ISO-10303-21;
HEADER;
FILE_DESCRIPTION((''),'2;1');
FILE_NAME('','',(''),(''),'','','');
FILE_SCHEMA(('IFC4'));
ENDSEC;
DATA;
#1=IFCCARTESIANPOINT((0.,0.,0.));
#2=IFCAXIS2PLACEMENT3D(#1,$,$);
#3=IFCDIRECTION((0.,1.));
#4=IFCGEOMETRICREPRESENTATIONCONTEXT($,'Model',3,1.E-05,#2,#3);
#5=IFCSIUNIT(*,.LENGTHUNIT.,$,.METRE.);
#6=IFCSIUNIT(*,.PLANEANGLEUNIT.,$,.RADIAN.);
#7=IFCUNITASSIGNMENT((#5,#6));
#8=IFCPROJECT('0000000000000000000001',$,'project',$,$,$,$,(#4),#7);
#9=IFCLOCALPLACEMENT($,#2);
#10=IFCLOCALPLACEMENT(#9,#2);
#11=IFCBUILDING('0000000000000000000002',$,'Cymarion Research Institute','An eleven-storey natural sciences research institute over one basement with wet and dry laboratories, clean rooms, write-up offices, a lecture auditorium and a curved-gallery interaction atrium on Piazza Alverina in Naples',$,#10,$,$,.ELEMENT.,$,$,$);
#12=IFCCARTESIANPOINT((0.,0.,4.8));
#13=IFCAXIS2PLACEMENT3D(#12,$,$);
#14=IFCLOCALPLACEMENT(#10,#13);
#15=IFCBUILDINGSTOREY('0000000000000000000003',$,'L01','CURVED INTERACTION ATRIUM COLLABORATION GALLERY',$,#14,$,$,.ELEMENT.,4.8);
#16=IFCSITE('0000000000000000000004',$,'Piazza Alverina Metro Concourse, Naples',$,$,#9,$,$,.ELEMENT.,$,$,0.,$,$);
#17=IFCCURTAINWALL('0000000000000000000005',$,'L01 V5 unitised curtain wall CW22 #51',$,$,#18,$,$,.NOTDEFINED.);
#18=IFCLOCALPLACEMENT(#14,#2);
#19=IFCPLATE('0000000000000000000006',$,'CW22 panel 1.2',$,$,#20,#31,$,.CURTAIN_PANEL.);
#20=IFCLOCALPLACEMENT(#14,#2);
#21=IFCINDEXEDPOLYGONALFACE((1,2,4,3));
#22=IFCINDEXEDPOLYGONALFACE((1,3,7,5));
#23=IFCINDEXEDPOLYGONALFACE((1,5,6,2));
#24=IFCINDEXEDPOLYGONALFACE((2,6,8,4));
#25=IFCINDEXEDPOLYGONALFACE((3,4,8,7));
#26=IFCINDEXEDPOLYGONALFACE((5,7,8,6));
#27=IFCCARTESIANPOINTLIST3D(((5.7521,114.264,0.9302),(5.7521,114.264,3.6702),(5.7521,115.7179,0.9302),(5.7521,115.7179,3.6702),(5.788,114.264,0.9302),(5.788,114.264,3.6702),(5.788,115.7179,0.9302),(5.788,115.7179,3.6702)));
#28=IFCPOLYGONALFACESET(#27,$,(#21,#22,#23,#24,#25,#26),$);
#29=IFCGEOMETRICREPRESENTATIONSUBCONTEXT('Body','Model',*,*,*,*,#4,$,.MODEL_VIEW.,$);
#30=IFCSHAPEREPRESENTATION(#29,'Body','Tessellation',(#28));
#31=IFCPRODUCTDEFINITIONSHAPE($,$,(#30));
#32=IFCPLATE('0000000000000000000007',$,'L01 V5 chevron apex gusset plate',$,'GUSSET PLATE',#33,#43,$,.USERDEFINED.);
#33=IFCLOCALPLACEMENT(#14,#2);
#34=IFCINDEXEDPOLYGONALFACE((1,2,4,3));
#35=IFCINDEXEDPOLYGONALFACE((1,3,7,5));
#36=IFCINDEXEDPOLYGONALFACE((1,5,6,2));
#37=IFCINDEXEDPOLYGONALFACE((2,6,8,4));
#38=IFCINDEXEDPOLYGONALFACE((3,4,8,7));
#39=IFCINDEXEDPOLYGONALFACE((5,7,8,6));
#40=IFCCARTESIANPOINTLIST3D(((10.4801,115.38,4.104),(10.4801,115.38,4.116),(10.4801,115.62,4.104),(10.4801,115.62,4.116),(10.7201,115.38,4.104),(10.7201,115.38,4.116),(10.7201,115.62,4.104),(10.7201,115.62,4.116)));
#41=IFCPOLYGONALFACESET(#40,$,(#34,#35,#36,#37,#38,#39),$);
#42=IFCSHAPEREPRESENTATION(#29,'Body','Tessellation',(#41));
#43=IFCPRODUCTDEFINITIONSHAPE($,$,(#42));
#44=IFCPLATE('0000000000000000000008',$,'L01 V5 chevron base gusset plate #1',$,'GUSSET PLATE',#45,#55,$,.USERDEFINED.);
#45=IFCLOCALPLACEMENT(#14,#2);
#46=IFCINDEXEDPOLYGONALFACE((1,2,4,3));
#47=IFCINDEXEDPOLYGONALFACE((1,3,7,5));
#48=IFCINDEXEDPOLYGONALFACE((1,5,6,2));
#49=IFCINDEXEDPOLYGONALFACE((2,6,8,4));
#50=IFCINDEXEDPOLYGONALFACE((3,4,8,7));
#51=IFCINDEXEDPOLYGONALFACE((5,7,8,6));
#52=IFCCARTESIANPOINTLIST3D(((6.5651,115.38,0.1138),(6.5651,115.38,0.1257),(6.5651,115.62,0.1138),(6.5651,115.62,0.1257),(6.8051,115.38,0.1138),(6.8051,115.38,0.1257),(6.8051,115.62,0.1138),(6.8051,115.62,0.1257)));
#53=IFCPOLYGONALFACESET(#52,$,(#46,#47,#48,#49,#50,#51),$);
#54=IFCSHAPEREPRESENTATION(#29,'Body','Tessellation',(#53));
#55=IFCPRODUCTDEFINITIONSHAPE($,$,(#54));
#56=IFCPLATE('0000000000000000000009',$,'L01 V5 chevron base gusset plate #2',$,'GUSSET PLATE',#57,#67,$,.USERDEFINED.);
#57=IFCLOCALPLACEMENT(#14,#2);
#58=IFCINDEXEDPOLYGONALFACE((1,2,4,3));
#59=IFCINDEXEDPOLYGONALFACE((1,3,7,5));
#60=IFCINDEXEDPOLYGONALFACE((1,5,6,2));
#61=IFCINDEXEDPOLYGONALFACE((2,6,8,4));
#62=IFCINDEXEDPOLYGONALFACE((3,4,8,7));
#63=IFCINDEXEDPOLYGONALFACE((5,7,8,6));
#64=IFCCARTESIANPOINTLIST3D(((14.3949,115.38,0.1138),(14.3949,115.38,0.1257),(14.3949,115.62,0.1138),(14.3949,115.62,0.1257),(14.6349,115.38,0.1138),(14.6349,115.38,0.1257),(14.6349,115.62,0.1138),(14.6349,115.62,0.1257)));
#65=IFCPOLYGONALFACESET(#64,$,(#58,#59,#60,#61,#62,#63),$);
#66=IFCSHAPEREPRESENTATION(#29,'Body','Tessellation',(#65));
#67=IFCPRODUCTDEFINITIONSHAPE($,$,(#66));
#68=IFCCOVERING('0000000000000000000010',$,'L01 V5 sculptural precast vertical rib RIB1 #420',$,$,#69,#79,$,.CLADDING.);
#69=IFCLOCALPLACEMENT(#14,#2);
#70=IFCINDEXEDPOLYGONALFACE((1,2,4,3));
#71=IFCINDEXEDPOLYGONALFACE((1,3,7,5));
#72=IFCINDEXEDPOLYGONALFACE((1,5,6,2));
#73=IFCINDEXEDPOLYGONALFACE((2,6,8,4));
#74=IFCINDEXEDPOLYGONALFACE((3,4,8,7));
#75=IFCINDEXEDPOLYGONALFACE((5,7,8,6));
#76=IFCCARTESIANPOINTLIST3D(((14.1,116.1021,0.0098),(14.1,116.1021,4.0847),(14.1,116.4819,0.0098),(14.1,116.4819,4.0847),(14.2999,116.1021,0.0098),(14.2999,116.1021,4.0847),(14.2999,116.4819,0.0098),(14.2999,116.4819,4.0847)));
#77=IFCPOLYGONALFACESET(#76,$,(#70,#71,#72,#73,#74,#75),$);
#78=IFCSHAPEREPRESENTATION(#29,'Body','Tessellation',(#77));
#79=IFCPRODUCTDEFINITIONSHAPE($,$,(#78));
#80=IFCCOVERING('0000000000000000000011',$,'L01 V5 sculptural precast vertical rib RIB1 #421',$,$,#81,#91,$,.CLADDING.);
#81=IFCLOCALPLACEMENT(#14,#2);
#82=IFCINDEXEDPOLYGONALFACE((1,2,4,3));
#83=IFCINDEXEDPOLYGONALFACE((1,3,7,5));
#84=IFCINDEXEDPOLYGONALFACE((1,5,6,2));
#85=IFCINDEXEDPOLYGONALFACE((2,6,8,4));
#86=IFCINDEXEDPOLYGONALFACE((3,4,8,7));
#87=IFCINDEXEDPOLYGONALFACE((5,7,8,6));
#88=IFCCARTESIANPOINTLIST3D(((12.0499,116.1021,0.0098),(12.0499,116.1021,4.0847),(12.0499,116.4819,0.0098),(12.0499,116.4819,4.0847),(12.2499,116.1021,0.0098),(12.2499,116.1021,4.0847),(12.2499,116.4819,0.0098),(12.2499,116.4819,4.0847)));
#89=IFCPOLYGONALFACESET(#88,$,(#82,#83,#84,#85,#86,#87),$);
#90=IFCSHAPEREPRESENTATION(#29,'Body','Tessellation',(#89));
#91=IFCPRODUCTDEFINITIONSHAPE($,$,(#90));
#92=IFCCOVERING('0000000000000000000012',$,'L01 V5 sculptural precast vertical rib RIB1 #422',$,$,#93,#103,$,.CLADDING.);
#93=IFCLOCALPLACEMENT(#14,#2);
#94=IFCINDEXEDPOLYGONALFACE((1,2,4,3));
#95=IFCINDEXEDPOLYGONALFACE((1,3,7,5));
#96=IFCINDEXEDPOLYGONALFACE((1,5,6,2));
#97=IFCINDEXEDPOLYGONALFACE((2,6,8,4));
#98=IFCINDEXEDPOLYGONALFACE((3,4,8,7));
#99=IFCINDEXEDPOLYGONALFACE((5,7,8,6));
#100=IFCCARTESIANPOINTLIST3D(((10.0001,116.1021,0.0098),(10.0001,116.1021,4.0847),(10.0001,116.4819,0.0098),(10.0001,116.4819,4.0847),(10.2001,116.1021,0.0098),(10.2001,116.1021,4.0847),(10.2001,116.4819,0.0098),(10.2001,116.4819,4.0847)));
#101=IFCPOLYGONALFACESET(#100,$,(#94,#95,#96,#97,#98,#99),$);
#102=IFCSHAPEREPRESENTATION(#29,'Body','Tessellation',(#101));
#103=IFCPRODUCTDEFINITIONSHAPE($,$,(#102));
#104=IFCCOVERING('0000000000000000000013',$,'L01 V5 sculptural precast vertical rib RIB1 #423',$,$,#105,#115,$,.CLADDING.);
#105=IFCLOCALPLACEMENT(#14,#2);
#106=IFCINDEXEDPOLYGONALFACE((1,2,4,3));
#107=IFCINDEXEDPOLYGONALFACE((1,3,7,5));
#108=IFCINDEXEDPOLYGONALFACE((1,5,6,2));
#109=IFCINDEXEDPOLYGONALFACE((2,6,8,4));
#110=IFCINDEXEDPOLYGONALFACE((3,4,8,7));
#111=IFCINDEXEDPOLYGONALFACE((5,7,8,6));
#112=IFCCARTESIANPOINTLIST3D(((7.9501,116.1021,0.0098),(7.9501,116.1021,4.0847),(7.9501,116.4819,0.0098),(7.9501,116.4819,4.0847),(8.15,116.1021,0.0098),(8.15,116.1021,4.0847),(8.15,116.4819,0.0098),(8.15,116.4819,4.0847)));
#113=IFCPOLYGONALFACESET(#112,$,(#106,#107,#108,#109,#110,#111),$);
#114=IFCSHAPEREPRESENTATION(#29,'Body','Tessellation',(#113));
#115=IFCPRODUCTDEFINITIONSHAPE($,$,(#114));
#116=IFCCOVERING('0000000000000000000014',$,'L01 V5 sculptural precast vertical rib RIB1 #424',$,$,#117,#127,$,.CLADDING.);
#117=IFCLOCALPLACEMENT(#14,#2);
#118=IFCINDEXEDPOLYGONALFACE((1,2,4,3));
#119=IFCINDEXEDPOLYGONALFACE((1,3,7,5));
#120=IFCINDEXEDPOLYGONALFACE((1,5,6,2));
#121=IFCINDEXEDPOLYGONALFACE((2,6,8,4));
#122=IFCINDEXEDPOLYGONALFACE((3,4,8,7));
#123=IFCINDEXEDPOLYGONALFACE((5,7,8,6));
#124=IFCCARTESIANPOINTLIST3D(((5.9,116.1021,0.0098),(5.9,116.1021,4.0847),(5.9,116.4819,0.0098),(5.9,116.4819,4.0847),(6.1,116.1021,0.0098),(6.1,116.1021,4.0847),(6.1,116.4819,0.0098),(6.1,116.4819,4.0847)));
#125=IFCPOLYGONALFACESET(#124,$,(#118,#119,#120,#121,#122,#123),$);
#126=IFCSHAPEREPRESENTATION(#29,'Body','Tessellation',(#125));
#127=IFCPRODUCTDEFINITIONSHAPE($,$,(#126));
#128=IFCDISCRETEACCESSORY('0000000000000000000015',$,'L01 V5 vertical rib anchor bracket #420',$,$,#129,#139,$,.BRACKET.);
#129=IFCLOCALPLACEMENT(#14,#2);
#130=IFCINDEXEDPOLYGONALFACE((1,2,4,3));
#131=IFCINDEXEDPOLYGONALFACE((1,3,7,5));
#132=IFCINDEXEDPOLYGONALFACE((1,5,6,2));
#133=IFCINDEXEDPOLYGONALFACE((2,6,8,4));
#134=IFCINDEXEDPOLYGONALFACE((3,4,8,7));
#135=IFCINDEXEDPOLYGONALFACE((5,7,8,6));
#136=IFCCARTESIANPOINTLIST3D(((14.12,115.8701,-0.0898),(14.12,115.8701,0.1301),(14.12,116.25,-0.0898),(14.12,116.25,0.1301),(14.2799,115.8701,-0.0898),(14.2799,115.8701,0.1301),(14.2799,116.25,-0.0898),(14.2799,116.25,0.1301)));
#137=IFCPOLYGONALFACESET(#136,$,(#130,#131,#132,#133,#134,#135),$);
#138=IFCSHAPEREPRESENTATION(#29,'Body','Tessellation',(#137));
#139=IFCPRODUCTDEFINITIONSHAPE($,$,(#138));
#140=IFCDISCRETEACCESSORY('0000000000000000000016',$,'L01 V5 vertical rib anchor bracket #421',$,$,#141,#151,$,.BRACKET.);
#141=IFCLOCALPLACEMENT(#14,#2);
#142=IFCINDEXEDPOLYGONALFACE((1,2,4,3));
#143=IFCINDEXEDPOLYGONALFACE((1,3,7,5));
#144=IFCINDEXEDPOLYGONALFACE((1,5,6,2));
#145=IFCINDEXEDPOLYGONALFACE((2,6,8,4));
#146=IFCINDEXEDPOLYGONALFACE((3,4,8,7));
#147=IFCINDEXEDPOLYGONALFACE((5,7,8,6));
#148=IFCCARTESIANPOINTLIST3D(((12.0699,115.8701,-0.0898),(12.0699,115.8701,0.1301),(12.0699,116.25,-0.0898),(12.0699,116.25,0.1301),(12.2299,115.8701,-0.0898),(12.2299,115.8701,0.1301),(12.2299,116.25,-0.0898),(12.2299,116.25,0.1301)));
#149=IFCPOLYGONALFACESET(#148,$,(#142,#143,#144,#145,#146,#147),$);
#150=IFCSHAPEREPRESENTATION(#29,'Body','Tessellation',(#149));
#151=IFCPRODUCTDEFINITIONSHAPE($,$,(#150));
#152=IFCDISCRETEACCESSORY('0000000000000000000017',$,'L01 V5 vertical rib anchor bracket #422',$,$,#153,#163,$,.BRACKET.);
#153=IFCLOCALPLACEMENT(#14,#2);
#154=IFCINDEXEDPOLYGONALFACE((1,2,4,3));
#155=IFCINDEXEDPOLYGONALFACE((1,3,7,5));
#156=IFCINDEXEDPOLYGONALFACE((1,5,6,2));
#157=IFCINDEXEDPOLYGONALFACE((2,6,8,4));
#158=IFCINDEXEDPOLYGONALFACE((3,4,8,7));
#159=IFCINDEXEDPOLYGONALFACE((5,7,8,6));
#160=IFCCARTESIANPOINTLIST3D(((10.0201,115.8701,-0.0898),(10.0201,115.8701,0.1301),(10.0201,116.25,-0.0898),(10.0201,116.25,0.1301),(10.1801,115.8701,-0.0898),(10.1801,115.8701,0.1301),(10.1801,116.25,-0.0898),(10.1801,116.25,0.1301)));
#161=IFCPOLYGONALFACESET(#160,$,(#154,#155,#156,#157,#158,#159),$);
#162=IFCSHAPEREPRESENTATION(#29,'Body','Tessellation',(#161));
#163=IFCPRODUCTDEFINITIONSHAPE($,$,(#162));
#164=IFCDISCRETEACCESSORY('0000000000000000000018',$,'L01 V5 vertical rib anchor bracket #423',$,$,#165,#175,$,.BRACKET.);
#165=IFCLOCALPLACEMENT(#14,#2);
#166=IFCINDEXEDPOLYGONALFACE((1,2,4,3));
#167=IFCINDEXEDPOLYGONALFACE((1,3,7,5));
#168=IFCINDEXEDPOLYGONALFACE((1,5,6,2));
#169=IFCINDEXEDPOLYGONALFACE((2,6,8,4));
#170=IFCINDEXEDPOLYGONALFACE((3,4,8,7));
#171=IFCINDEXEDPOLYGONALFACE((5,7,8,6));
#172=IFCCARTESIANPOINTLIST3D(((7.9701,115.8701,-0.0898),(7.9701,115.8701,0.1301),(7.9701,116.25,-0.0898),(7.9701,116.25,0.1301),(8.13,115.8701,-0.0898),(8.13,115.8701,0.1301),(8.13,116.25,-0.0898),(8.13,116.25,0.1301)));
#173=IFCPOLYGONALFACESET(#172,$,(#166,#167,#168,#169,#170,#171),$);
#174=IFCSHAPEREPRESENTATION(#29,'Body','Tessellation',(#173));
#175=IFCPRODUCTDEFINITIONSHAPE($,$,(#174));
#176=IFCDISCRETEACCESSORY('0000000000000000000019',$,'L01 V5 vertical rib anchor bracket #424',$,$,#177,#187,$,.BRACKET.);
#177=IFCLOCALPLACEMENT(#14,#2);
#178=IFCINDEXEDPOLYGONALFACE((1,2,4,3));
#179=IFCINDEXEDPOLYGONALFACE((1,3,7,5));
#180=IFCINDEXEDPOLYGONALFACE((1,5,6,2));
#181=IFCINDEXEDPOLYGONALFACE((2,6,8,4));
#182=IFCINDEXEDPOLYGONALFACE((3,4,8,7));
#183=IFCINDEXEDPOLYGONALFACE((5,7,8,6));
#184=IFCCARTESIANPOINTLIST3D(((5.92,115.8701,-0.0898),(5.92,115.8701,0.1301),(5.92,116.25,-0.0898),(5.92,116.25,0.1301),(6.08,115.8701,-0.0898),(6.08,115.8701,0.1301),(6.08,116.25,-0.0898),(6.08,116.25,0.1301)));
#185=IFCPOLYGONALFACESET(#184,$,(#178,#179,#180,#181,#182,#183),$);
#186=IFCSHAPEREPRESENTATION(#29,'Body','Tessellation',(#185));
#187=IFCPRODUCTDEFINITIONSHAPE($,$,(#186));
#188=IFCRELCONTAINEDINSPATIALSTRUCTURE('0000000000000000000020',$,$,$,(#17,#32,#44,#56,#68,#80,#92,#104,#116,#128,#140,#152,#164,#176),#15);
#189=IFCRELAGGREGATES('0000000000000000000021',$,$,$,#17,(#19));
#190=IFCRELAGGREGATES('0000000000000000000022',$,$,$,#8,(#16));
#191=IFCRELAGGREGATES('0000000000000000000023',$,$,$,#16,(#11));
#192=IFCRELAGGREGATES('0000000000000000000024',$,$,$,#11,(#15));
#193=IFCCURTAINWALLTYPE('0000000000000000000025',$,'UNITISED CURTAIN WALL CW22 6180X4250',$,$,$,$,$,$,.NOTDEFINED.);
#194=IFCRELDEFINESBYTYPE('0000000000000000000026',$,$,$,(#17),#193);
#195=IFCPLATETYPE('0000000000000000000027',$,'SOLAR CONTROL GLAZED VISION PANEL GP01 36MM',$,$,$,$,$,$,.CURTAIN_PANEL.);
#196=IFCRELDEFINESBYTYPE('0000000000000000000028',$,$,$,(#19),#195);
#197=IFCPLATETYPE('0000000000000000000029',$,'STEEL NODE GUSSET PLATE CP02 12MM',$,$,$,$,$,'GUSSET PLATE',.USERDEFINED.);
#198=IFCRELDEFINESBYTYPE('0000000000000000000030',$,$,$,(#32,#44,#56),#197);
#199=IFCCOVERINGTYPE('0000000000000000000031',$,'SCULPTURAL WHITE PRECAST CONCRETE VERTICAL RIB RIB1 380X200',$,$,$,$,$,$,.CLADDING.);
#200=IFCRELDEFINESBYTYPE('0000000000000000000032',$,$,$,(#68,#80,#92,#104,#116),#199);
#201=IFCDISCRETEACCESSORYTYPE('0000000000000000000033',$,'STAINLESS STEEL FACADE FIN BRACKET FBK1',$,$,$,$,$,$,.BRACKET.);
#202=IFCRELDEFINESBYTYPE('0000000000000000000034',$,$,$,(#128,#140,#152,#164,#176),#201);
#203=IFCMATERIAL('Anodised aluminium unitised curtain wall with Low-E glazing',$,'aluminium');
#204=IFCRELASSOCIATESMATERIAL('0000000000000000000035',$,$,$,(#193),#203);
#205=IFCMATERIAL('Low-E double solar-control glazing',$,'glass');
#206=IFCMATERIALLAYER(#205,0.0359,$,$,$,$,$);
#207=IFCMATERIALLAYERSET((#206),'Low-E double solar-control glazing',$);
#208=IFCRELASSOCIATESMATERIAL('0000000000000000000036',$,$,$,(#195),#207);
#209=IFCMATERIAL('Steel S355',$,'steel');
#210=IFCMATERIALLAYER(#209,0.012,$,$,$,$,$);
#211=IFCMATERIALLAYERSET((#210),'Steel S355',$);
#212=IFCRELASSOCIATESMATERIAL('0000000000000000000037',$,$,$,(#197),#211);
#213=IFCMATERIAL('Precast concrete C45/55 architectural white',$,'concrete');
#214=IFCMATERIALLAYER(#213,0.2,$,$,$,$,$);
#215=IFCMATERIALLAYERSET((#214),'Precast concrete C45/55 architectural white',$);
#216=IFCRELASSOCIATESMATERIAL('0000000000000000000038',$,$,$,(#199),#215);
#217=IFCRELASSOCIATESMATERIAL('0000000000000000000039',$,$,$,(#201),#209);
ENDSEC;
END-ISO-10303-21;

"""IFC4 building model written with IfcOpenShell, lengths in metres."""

from ifc_helpers import new_model, si_unit, direction, frame, origin, origin_2d, place, context, subcontext, project, spatial, rectangle, extrude, material, layer, layer_set, type_object, element, aggregate, save


model = new_model("IFC4")

# Units and contexts
model_context = context("Model", 3, precision=1e-05, world=origin(), true_north=direction((0.0, 1.0)))
body_context = subcontext(model_context, "Body", "Model", "MODEL_VIEW")
ifc_project = project(units=[si_unit("LENGTHUNIT", "METRE"), si_unit("PLANEANGLEUNIT", "RADIAN")], contexts=[model_context])

# Site, building, storey
site_placement = place(None, origin())
site = spatial("IfcSite", under=ifc_project, at=site_placement, Name="Piazza Alverina Metro Concourse, Naples", CompositionType="ELEMENT", RefElevation=0.0)
building_placement = place(site_placement, origin())
building = spatial("IfcBuilding", under=site, at=building_placement, Name="Cymarion Research Institute", Description="An eleven-storey natural sciences research institute over one basement with wet and dry laboratories, clean rooms, write-up offices, a lecture auditorium and a curved-gallery interaction atrium on Piazza Alverina in Naples", CompositionType="ELEMENT")
storey_placement = place(building_placement, frame((0.0, 0.0, 4.8)))
storey = spatial("IfcBuildingStorey", under=building, at=storey_placement, Name="L01", Description="CURVED INTERACTION ATRIUM COLLABORATION GALLERY", CompositionType="ELEMENT", Elevation=4.8)

# Shared definitions
ifc_material_1 = material(Name="Steel S355", Category="steel")

# Curtain wall
ifc_material_2 = material(Name="Anodised aluminium unitised curtain wall with Low-E glazing", Category="aluminium")
curtain_wall_type = type_object("IfcCurtainWallType", Name="UNITISED CURTAIN WALL CW22 6180X4250", PredefinedType="NOTDEFINED", material=ifc_material_2)
curtain_wall_placement = place(storey_placement, origin())
curtain_wall = element("IfcCurtainWall", 1, at=curtain_wall_placement, inside=storey, type_object=curtain_wall_type, Name="L01 V5 unitised curtain wall CW22 #51", PredefinedType="NOTDEFINED")

# Plate
ifc_material_3 = material(Name="Low-E double solar-control glazing", Category="glass")
ifc_layer_1 = layer(ifc_material_3, 0.0359)
ifc_layer_set_1 = layer_set([ifc_layer_1], Name="Low-E double solar-control glazing")
plate_type_1 = type_object("IfcPlateType", Name="SOLAR CONTROL GLAZED VISION PANEL GP01 36MM", PredefinedType="CURTAIN_PANEL", material=ifc_layer_set_1)
plate_1_placement = place(storey_placement, frame((5.77, 114.991, 0.9302), z_axis=(0.0, 0.0, 1.0), x_axis=(0.0, -1.0, 0.0)))
plate_1 = element("IfcPlate", 2, at=plate_1_placement, type_object=plate_type_1, Name="CW22 panel 1.2", PredefinedType="CURTAIN_PANEL", context=body_context, shape_type="SweptSolid", body=[
    extrude(rectangle(XDim=1.4539, YDim=0.0359, at=origin_2d()), origin(), (0.0, 0.0, 1.0), 2.74),
])
aggregate(curtain_wall, [plate_1])

# Plates
ifc_layer_2 = layer(ifc_material_1, 0.012)
ifc_layer_set_2 = layer_set([ifc_layer_2], Name="Steel S355")
plate_type_2 = type_object("IfcPlateType", Name="STEEL NODE GUSSET PLATE CP02 12MM", ElementType="GUSSET PLATE", PredefinedType="USERDEFINED", material=ifc_layer_set_2)
for number, where, z_axis, x_axis, name in (
    (3, (10.6001, 115.5, 4.104), (0.0, 0.0, 1.0), (1.0, 0.0, 0.0), "L01 V5 chevron apex gusset plate"),
    (4, (6.6851, 115.5, 0.1138), (0.0, 0.0, 1.0), (1.0, 0.0, 0.0), "L01 V5 chevron base gusset plate #1"),
    (5, (14.5149, 115.5, 0.1138), (0.0, 0.0, 1.0), (1.0, 0.0, 0.0), "L01 V5 chevron base gusset plate #2"),
):
    element("IfcPlate", number, at=place(storey_placement, frame(where, z_axis=z_axis, x_axis=x_axis)), inside=storey, type_object=plate_type_2, Name=name, ObjectType="GUSSET PLATE", PredefinedType="USERDEFINED", context=body_context, shape_type="SweptSolid", body=[
        extrude(rectangle(XDim=0.24, YDim=0.24, at=origin_2d()), origin(), (0.0, 0.0, 1.0), 0.012),
    ])

# Coverings
ifc_material_4 = material(Name="Precast concrete C45/55 architectural white", Category="concrete")
ifc_layer_3 = layer(ifc_material_4, 0.2)
ifc_layer_set_3 = layer_set([ifc_layer_3], Name="Precast concrete C45/55 architectural white")
covering_type = type_object("IfcCoveringType", Name="SCULPTURAL WHITE PRECAST CONCRETE VERTICAL RIB RIB1 380X200", PredefinedType="CLADDING", material=ifc_layer_set_3)
for number, where, z_axis, x_axis, name in (
    (6, (14.2, 116.292, 0.0098), (0.0, 0.0, 1.0), (0.0, 1.0, 0.0), "L01 V5 sculptural precast vertical rib RIB1 #420"),
    (7, (12.1499, 116.292, 0.0098), (0.0, 0.0, 1.0), (0.0, 1.0, 0.0), "L01 V5 sculptural precast vertical rib RIB1 #421"),
    (8, (10.1001, 116.292, 0.0098), (0.0, 0.0, 1.0), (0.0, 1.0, 0.0), "L01 V5 sculptural precast vertical rib RIB1 #422"),
    (9, (8.05, 116.292, 0.0098), (0.0, 0.0, 1.0), (0.0, 1.0, 0.0), "L01 V5 sculptural precast vertical rib RIB1 #423"),
    (10, (6.0, 116.292, 0.0098), (0.0, 0.0, 1.0), (0.0, 1.0, 0.0), "L01 V5 sculptural precast vertical rib RIB1 #424"),
):
    element("IfcCovering", number, at=place(storey_placement, frame(where, z_axis=z_axis, x_axis=x_axis)), inside=storey, type_object=covering_type, Name=name, PredefinedType="CLADDING", context=body_context, shape_type="SweptSolid", body=[
        extrude(rectangle(XDim=0.3799, YDim=0.2, at=origin_2d()), origin(), (0.0, 0.0, 1.0), 4.075),
    ])

# Discrete accessories
discrete_accessory_type = type_object("IfcDiscreteAccessoryType", Name="STAINLESS STEEL FACADE FIN BRACKET FBK1", PredefinedType="BRACKET", material=ifc_material_1)
for number, where, z_axis, x_axis, name in (
    (11, (14.2, 116.0601, -0.0898), (0.0, 0.0, 1.0), (0.0, 1.0, 0.0), "L01 V5 vertical rib anchor bracket #420"),
    (12, (12.1499, 116.0601, -0.0898), (0.0, 0.0, 1.0), (0.0, 1.0, 0.0), "L01 V5 vertical rib anchor bracket #421"),
    (13, (10.1001, 116.0601, -0.0898), (0.0, 0.0, 1.0), (0.0, 1.0, 0.0), "L01 V5 vertical rib anchor bracket #422"),
    (14, (8.05, 116.0601, -0.0898), (0.0, 0.0, 1.0), (0.0, 1.0, 0.0), "L01 V5 vertical rib anchor bracket #423"),
    (15, (6.0, 116.0601, -0.0898), (0.0, 0.0, 1.0), (0.0, 1.0, 0.0), "L01 V5 vertical rib anchor bracket #424"),
):
    element("IfcDiscreteAccessory", number, at=place(storey_placement, frame(where, z_axis=z_axis, x_axis=x_axis)), inside=storey, type_object=discrete_accessory_type, Name=name, PredefinedType="BRACKET", context=body_context, shape_type="SweptSolid", body=[
        extrude(rectangle(XDim=0.3799, YDim=0.1599, at=origin_2d()), origin(), (0.0, 0.0, 1.0), 0.22),
    ])

save(model, "model.ifc")
